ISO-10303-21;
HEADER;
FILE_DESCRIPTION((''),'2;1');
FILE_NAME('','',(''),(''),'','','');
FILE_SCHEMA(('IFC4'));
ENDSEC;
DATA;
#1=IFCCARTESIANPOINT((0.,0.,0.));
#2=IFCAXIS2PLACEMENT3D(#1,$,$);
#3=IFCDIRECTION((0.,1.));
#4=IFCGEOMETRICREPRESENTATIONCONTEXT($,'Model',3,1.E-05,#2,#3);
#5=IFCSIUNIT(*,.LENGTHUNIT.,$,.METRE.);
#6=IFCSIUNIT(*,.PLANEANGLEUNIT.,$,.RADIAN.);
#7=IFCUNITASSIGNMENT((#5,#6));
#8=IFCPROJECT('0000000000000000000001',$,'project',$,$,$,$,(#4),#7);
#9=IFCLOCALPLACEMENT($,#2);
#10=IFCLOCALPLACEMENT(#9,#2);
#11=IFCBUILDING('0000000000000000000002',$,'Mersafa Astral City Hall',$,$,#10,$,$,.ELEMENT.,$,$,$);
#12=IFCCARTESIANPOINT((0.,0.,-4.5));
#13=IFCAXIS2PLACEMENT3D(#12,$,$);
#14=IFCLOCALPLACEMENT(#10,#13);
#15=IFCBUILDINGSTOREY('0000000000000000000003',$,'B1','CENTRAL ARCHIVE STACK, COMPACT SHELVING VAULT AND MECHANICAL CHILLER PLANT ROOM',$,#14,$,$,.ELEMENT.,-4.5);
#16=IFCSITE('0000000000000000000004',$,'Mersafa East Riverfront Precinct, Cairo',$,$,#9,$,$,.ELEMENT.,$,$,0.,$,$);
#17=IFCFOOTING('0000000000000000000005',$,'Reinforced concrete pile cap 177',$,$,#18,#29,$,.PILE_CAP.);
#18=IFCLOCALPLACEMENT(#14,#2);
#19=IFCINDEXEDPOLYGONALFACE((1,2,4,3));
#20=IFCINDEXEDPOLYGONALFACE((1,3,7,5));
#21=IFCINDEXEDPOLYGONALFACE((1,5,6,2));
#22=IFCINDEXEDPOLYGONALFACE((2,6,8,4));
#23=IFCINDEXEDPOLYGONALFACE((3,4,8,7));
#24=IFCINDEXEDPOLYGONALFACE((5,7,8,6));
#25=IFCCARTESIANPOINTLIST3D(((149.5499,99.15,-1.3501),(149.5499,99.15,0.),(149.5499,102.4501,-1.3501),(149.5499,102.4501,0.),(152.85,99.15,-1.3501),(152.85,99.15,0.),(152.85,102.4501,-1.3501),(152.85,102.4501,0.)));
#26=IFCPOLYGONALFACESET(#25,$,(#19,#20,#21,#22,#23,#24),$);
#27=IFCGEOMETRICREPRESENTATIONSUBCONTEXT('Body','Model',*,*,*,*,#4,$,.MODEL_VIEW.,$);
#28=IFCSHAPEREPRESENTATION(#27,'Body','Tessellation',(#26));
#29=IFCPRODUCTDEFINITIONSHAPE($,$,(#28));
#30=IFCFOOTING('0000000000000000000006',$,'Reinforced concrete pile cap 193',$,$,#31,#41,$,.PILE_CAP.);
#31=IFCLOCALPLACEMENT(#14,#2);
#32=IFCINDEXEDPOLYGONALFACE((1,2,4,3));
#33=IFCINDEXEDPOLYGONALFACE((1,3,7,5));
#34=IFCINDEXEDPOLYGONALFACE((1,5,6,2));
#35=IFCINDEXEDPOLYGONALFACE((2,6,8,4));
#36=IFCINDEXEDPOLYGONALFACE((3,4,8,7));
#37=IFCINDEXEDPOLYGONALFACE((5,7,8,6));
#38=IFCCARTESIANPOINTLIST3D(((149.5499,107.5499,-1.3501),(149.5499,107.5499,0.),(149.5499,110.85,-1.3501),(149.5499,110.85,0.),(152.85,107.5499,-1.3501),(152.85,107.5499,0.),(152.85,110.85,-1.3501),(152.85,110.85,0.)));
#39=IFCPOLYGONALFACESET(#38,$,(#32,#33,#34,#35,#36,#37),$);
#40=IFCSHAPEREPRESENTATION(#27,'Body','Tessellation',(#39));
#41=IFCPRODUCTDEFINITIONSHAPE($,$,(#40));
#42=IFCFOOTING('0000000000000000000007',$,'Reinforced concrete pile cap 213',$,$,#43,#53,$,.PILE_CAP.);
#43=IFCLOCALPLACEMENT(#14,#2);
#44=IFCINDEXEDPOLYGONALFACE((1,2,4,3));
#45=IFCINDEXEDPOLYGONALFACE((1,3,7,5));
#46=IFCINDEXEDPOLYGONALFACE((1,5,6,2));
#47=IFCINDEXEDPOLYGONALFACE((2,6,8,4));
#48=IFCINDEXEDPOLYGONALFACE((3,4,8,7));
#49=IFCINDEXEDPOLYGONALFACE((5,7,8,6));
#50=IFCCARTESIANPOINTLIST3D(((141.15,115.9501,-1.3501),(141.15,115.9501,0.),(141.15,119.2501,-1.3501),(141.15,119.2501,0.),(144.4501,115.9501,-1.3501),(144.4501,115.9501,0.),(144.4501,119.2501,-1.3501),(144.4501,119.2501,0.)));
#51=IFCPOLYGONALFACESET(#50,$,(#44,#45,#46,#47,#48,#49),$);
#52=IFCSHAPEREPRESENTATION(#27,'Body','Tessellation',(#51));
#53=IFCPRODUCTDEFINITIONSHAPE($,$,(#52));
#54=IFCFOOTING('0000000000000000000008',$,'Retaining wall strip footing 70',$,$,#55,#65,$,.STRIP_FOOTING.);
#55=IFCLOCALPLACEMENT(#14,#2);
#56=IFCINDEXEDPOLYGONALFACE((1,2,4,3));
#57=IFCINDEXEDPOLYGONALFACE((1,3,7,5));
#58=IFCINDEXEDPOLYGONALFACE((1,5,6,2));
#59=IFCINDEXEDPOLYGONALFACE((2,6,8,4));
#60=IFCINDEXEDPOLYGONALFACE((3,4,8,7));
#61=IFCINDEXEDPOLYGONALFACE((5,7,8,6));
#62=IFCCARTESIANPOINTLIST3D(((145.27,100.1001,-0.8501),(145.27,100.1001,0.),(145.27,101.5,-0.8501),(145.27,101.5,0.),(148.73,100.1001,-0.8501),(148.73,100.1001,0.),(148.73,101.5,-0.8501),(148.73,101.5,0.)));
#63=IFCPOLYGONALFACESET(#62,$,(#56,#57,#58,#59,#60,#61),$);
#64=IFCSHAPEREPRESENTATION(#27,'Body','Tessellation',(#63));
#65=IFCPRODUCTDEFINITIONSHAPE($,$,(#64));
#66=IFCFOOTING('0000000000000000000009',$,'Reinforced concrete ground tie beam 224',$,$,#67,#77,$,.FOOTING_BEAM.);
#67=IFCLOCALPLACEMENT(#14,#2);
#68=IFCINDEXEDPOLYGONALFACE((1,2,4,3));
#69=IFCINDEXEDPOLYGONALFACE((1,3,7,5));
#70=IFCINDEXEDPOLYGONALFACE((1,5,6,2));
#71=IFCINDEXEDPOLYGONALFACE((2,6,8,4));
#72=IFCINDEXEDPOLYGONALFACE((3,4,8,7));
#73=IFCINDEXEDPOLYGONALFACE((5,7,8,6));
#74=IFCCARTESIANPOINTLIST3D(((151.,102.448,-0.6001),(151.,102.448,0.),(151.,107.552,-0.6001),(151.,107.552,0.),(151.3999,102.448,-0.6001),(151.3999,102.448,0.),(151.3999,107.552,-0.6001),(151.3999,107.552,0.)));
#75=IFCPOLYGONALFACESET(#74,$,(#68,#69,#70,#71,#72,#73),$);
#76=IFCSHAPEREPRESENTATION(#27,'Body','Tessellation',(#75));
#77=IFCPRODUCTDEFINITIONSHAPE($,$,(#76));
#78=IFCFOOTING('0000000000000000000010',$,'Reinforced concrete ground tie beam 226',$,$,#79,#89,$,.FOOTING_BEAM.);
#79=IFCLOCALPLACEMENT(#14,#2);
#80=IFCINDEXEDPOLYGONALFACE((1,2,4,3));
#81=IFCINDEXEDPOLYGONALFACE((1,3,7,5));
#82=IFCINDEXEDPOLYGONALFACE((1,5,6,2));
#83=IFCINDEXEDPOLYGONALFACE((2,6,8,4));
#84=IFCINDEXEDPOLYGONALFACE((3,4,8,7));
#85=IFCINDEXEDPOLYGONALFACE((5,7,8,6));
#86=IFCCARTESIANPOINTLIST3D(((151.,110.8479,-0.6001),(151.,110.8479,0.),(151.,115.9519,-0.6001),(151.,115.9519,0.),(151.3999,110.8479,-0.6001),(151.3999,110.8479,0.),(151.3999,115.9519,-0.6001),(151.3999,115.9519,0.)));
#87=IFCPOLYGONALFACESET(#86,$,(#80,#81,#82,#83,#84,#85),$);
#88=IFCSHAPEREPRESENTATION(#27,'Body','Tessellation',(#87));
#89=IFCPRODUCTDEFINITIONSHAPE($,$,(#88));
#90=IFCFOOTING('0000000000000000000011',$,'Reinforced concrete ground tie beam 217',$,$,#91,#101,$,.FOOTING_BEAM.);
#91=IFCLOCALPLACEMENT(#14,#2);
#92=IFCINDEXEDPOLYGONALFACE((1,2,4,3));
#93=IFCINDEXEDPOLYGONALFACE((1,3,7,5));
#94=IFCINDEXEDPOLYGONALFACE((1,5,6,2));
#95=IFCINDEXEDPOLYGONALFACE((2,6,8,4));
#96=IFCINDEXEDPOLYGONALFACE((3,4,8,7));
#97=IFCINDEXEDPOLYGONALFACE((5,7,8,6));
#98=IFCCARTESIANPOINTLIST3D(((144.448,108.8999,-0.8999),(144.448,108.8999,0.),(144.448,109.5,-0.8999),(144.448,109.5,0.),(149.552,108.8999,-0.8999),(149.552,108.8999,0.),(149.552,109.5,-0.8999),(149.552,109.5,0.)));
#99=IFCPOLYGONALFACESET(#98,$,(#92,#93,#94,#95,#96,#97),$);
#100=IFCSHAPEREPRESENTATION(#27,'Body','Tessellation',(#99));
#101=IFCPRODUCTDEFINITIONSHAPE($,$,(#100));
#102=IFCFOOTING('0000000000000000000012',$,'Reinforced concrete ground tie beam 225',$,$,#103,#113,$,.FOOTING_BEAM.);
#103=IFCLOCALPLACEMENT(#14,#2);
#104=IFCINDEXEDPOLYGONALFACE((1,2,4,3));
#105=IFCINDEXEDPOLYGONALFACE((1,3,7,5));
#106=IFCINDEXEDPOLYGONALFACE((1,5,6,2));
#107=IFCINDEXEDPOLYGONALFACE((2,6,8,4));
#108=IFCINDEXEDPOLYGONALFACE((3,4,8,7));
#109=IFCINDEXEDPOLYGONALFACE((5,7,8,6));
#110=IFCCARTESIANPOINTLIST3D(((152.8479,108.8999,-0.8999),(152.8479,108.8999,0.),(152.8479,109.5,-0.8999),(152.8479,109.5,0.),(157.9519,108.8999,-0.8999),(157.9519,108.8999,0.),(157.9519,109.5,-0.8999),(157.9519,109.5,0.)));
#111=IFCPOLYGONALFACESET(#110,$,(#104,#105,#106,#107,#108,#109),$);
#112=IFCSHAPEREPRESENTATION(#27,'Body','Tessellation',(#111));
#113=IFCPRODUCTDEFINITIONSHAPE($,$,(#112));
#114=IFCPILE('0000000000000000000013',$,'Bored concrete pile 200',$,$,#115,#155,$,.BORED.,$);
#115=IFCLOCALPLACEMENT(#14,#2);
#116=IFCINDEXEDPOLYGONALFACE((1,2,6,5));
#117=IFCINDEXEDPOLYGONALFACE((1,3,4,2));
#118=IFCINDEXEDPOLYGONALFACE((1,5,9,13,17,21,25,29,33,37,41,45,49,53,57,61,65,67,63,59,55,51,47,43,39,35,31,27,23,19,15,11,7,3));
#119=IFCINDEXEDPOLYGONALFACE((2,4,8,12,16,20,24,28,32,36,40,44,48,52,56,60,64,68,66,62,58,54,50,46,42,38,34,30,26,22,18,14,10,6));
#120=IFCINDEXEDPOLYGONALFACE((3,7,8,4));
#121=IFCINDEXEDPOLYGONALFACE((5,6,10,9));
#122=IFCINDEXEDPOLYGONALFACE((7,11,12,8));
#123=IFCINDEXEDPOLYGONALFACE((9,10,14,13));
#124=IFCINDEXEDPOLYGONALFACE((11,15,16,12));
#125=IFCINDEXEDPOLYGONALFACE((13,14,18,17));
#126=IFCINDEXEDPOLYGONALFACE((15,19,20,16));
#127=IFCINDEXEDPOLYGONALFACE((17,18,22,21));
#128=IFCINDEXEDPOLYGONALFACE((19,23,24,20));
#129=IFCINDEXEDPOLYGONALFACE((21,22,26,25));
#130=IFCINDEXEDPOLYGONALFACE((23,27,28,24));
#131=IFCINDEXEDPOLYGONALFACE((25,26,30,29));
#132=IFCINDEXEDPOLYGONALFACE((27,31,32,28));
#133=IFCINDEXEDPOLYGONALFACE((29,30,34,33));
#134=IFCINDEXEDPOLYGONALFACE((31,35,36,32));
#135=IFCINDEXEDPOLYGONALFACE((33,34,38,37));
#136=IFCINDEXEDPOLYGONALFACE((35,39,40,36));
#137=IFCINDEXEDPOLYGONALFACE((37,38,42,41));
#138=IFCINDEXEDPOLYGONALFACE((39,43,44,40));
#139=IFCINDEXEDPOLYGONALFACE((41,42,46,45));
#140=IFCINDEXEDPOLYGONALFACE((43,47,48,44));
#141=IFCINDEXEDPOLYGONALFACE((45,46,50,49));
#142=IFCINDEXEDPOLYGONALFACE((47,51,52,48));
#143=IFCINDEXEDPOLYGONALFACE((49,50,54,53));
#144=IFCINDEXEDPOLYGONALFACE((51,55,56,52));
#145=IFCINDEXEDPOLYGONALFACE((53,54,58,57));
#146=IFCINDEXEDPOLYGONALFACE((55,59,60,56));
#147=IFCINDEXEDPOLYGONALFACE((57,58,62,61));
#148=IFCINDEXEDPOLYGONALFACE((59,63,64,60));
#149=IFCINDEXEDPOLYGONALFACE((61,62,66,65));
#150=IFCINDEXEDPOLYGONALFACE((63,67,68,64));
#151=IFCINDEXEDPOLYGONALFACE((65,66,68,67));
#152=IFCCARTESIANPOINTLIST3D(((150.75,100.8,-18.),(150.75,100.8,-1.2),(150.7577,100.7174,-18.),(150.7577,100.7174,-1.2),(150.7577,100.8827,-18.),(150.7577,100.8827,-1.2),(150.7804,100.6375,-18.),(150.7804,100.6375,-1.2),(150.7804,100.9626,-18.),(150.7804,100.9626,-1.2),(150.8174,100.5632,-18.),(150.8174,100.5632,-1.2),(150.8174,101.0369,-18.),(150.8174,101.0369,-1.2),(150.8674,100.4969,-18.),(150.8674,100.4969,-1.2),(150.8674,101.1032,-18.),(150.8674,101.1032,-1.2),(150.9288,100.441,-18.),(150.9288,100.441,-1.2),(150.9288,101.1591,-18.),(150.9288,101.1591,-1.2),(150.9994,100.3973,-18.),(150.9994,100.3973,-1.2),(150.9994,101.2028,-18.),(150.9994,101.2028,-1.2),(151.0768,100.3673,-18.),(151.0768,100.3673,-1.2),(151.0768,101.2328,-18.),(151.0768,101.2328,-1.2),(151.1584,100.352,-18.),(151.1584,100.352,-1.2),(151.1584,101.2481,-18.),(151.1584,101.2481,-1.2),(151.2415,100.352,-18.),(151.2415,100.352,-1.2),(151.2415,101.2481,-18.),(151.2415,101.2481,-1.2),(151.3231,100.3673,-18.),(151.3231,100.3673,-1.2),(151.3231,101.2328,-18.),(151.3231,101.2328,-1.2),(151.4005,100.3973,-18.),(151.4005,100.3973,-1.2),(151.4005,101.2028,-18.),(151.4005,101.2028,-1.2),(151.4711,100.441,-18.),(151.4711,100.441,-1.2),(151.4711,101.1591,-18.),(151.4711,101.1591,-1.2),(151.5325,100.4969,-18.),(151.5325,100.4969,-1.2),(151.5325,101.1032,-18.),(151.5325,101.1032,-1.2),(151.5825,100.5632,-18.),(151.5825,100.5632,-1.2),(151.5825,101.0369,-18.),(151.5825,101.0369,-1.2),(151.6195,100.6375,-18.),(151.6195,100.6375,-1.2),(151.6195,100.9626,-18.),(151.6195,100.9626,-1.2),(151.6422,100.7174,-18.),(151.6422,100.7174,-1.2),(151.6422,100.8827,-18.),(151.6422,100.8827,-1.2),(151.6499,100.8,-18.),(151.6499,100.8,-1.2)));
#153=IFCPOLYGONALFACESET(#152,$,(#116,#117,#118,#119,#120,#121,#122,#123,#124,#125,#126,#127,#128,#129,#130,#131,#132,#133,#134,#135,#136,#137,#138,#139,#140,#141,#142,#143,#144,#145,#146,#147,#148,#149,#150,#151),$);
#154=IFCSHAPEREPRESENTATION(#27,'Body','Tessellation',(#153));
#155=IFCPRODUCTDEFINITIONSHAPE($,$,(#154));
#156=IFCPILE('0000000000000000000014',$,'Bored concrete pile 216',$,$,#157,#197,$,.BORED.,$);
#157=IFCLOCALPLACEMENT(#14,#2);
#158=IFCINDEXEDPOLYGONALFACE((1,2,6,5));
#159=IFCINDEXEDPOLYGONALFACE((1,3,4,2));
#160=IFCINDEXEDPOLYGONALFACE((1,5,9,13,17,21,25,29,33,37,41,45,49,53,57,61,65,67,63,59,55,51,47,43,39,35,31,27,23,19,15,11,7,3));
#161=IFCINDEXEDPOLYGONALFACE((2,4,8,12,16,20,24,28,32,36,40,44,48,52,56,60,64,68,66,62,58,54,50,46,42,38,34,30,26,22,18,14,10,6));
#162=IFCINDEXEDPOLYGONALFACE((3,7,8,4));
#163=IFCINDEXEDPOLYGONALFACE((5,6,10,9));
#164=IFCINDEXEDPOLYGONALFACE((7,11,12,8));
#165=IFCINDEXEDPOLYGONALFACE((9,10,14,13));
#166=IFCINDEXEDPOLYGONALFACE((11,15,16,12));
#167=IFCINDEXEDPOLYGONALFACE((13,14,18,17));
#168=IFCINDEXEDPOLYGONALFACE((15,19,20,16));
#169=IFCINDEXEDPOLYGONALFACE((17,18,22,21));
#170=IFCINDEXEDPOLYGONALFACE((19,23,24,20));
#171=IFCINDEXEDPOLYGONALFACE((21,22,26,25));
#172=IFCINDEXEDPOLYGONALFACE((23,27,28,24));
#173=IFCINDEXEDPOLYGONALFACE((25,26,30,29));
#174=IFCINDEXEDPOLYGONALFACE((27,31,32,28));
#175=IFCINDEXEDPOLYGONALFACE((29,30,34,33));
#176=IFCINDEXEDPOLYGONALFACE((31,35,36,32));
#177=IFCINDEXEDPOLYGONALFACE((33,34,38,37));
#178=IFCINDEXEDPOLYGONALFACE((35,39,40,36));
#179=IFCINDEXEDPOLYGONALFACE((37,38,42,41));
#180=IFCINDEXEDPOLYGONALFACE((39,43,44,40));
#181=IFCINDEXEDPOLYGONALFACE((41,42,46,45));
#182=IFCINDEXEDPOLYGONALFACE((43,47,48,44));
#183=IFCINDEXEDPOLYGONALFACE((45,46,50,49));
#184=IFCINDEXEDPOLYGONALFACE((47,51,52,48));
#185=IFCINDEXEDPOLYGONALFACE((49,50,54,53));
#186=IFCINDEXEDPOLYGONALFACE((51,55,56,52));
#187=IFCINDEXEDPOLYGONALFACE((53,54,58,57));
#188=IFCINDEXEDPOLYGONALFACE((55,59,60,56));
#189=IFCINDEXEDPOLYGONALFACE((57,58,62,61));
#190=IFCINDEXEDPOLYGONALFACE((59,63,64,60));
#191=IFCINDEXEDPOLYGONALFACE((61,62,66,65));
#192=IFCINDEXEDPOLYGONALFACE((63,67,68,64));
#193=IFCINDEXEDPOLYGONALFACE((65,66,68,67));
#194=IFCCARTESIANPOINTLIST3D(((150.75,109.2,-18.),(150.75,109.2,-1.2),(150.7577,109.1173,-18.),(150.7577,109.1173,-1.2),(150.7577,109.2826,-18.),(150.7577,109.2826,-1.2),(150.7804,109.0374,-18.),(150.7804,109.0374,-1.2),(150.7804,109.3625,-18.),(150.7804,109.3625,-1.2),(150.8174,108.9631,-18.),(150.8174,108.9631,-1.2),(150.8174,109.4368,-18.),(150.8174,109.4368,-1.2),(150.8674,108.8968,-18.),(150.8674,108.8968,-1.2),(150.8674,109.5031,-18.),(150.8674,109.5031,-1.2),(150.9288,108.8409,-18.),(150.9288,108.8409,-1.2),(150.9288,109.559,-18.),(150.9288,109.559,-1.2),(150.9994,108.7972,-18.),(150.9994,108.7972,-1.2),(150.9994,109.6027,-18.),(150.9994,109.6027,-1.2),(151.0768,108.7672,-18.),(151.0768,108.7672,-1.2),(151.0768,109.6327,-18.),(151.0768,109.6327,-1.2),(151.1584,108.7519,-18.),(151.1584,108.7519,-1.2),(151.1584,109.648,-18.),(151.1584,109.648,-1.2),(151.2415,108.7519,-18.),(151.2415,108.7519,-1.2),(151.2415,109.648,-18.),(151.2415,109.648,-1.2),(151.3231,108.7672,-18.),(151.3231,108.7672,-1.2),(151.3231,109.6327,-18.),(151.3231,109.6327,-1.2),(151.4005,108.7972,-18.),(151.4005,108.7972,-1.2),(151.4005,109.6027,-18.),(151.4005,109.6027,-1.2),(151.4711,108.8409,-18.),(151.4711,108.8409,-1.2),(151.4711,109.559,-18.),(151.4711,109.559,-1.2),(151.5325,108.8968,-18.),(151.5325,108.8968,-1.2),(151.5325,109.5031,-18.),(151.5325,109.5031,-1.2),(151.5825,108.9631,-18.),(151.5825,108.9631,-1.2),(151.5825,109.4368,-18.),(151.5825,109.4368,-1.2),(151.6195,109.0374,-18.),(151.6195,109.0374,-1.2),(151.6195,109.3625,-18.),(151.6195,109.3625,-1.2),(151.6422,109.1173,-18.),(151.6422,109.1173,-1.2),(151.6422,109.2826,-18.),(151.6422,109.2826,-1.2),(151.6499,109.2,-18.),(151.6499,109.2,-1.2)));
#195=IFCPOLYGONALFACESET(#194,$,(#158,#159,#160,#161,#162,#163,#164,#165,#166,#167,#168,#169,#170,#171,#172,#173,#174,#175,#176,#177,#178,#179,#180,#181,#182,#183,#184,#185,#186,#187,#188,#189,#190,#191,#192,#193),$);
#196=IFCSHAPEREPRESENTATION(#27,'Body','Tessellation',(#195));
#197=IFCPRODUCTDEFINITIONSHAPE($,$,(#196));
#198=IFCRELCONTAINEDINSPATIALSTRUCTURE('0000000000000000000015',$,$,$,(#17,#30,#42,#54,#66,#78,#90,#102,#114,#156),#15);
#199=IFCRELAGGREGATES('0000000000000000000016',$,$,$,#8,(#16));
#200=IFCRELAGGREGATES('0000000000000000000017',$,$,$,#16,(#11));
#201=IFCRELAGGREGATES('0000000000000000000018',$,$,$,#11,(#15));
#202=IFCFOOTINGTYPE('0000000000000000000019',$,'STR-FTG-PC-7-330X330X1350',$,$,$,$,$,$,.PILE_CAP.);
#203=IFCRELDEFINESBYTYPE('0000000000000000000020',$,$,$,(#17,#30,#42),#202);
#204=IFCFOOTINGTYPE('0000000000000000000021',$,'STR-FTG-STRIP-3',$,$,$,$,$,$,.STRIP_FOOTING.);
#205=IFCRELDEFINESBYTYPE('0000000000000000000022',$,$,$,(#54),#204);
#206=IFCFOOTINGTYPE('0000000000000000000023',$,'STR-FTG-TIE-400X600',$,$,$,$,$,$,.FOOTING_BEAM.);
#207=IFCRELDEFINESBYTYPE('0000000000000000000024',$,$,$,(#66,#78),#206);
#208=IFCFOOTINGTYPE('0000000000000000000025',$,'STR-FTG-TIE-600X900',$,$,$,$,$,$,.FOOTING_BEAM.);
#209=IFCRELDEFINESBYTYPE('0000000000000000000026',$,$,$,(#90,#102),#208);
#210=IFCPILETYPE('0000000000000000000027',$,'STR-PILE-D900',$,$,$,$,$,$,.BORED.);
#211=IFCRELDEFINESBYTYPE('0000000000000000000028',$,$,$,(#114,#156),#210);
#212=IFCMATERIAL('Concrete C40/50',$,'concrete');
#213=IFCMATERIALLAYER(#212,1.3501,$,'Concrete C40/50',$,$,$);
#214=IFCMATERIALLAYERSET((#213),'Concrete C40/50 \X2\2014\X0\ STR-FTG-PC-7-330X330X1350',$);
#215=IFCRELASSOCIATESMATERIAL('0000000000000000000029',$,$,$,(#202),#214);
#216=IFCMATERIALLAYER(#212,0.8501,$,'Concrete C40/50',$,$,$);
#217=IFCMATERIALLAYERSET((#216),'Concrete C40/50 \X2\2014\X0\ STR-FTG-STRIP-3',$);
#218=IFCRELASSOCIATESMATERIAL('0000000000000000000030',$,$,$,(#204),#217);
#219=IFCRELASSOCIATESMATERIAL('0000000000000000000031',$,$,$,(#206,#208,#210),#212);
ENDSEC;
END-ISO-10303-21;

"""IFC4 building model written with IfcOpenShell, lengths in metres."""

from ifc_helpers import new_model, si_unit, direction, frame, origin, origin_2d, place, context, subcontext, project, spatial, rectangle, circle, extrude, material, layer, layer_set, material_profile, profile_set, type_object, element, save


model = new_model("IFC4")

# Units and contexts
model_context = context("Model", 3, precision=1e-05, world=origin(), true_north=direction((0.0, 1.0)))
body_context = subcontext(model_context, "Body", "Model", "MODEL_VIEW")
ifc_project = project(units=[si_unit("LENGTHUNIT", "METRE"), si_unit("PLANEANGLEUNIT", "RADIAN")], contexts=[model_context])

# Site, building, storey
site_placement = place(None, origin())
site = spatial("IfcSite", under=ifc_project, at=site_placement, Name="Mersafa East Riverfront Precinct, Cairo", CompositionType="ELEMENT", RefElevation=0.0)
building_placement = place(site_placement, origin())
building = spatial("IfcBuilding", under=site, at=building_placement, Name="Mersafa Astral City Hall", CompositionType="ELEMENT")
storey_placement = place(building_placement, frame((0.0, 0.0, -4.5)))
storey = spatial("IfcBuildingStorey", under=building, at=storey_placement, Name="B1", Description="CENTRAL ARCHIVE STACK, COMPACT SHELVING VAULT AND MECHANICAL CHILLER PLANT ROOM", CompositionType="ELEMENT", Elevation=-4.5)

# Footings
ifc_material_1 = material(Name="Concrete C40/50", Category="concrete")
ifc_layer_1 = layer(ifc_material_1, 1.3501, Name="Concrete C40/50")
ifc_layer_set_1 = layer_set([ifc_layer_1], Name="Concrete C40/50 — STR-FTG-PC-7-330X330X1350")
footing_type_1 = type_object("IfcFootingType", Name="STR-FTG-PC-7-330X330X1350", PredefinedType="PILE_CAP", material=ifc_layer_set_1)
for number, where, z_axis, x_axis, name in (
    (1, (151.2, 100.8, -1.3501), (0.0, 0.0, 1.0), (1.0, 0.0, 0.0), "Reinforced concrete pile cap 177"),
    (2, (151.2, 109.2, -1.3501), (0.0, 0.0, 1.0), (1.0, 0.0, 0.0), "Reinforced concrete pile cap 193"),
    (3, (142.8, 117.6001, -1.3501), (0.0, 0.0, 1.0), (1.0, 0.0, 0.0), "Reinforced concrete pile cap 213"),
):
    element("IfcFooting", number, at=place(storey_placement, frame(where, z_axis=z_axis, x_axis=x_axis)), inside=storey, type_object=footing_type_1, Name=name, PredefinedType="PILE_CAP", context=body_context, shape_type="SweptSolid", body=[
        extrude(rectangle(XDim=3.3, YDim=3.3, at=origin_2d()), origin(), (0.0, 0.0, 1.0), 1.3501),
    ])
ifc_layer_2 = layer(ifc_material_1, 0.8501, Name="Concrete C40/50")
ifc_layer_set_2 = layer_set([ifc_layer_2], Name="Concrete C40/50 — STR-FTG-STRIP-3")
footing_type_2 = type_object("IfcFootingType", Name="STR-FTG-STRIP-3", PredefinedType="STRIP_FOOTING", material=ifc_layer_set_2)
footing_placement = place(storey_placement, frame((147.0, 100.8, -0.8501), z_axis=(0.0, 0.0, 1.0), x_axis=(-1.0, 0.0, 0.0)))
element("IfcFooting", 4, at=footing_placement, inside=storey, type_object=footing_type_2, Name="Retaining wall strip footing 70", PredefinedType="STRIP_FOOTING", context=body_context, shape_type="SweptSolid", body=[
    extrude(rectangle(XDim=3.46, YDim=1.3999, at=origin_2d()), origin(), (0.0, 0.0, 1.0), 0.8501),
])
ifc_material_profile_1 = material_profile(ifc_material_1, rectangle(XDim=0.3999, YDim=0.6001, at=origin_2d()), Name="RC 400x600")
ifc_profile_set_1 = profile_set([ifc_material_profile_1], Name="Concrete C40/50")
footing_type_3 = type_object("IfcFootingType", Name="STR-FTG-TIE-400X600", PredefinedType="FOOTING_BEAM", material=ifc_profile_set_1)
for number, where, z_axis, x_axis, name in (
    (5, (151.2, 102.448, -0.3), (0.0, 1.0, 0.0), (-1.0, 0.0, 0.0), "Reinforced concrete ground tie beam 224"),
    (6, (151.2, 110.8479, -0.3), (0.0, 1.0, 0.0), (-1.0, 0.0, 0.0), "Reinforced concrete ground tie beam 226"),
):
    element("IfcFooting", number, at=place(storey_placement, frame(where, z_axis=z_axis, x_axis=x_axis)), inside=storey, type_object=footing_type_3, Name=name, PredefinedType="FOOTING_BEAM", context=body_context, shape_type="SweptSolid", body=[
        extrude(rectangle(XDim=0.3999, YDim=0.6001, at=origin_2d()), origin(), (0.0, 0.0, 1.0), 5.104),
    ])
ifc_material_profile_2 = material_profile(ifc_material_1, rectangle(XDim=0.6001, YDim=0.8999, at=origin_2d()), Name="RC 600x900")
ifc_profile_set_2 = profile_set([ifc_material_profile_2], Name="Concrete C40/50")
footing_type_4 = type_object("IfcFootingType", Name="STR-FTG-TIE-600X900", PredefinedType="FOOTING_BEAM", material=ifc_profile_set_2)
for number, where, z_axis, x_axis, name in (
    (7, (144.448, 109.2, -0.45), (1.0, 0.0, 0.0), (0.0, 1.0, 0.0), "Reinforced concrete ground tie beam 217"),
    (8, (152.8479, 109.2, -0.45), (1.0, 0.0, 0.0), (0.0, 1.0, 0.0), "Reinforced concrete ground tie beam 225"),
):
    element("IfcFooting", number, at=place(storey_placement, frame(where, z_axis=z_axis, x_axis=x_axis)), inside=storey, type_object=footing_type_4, Name=name, PredefinedType="FOOTING_BEAM", context=body_context, shape_type="SweptSolid", body=[
        extrude(rectangle(XDim=0.6001, YDim=0.8999, at=origin_2d()), origin(), (0.0, 0.0, 1.0), 5.104),
    ])

# Piles
ifc_material_profile_3 = material_profile(ifc_material_1, circle(Radius=0.45, at=origin_2d()), Name="PILE D900")
ifc_profile_set_3 = profile_set([ifc_material_profile_3], Name="Concrete C40/50")
pile_type = type_object("IfcPileType", Name="STR-PILE-D900", PredefinedType="BORED", material=ifc_profile_set_3)
for number, where, z_axis, x_axis, name in (
    (9, (151.2, 100.8, -1.2), (0.0, 0.0, -1.0), (1.0, 0.0, 0.0), "Bored concrete pile 200"),
    (10, (151.2, 109.2, -1.2), (0.0, 0.0, -1.0), (1.0, 0.0, 0.0), "Bored concrete pile 216"),
):
    element("IfcPile", number, at=place(storey_placement, frame(where, z_axis=z_axis, x_axis=x_axis)), inside=storey, type_object=pile_type, Name=name, PredefinedType="BORED", context=body_context, shape_type="SweptSolid", body=[
        extrude(circle(Radius=0.45, at=origin_2d()), origin(), (0.0, 0.0, 1.0), 16.8),
    ])

save(model, "model.ifc")
